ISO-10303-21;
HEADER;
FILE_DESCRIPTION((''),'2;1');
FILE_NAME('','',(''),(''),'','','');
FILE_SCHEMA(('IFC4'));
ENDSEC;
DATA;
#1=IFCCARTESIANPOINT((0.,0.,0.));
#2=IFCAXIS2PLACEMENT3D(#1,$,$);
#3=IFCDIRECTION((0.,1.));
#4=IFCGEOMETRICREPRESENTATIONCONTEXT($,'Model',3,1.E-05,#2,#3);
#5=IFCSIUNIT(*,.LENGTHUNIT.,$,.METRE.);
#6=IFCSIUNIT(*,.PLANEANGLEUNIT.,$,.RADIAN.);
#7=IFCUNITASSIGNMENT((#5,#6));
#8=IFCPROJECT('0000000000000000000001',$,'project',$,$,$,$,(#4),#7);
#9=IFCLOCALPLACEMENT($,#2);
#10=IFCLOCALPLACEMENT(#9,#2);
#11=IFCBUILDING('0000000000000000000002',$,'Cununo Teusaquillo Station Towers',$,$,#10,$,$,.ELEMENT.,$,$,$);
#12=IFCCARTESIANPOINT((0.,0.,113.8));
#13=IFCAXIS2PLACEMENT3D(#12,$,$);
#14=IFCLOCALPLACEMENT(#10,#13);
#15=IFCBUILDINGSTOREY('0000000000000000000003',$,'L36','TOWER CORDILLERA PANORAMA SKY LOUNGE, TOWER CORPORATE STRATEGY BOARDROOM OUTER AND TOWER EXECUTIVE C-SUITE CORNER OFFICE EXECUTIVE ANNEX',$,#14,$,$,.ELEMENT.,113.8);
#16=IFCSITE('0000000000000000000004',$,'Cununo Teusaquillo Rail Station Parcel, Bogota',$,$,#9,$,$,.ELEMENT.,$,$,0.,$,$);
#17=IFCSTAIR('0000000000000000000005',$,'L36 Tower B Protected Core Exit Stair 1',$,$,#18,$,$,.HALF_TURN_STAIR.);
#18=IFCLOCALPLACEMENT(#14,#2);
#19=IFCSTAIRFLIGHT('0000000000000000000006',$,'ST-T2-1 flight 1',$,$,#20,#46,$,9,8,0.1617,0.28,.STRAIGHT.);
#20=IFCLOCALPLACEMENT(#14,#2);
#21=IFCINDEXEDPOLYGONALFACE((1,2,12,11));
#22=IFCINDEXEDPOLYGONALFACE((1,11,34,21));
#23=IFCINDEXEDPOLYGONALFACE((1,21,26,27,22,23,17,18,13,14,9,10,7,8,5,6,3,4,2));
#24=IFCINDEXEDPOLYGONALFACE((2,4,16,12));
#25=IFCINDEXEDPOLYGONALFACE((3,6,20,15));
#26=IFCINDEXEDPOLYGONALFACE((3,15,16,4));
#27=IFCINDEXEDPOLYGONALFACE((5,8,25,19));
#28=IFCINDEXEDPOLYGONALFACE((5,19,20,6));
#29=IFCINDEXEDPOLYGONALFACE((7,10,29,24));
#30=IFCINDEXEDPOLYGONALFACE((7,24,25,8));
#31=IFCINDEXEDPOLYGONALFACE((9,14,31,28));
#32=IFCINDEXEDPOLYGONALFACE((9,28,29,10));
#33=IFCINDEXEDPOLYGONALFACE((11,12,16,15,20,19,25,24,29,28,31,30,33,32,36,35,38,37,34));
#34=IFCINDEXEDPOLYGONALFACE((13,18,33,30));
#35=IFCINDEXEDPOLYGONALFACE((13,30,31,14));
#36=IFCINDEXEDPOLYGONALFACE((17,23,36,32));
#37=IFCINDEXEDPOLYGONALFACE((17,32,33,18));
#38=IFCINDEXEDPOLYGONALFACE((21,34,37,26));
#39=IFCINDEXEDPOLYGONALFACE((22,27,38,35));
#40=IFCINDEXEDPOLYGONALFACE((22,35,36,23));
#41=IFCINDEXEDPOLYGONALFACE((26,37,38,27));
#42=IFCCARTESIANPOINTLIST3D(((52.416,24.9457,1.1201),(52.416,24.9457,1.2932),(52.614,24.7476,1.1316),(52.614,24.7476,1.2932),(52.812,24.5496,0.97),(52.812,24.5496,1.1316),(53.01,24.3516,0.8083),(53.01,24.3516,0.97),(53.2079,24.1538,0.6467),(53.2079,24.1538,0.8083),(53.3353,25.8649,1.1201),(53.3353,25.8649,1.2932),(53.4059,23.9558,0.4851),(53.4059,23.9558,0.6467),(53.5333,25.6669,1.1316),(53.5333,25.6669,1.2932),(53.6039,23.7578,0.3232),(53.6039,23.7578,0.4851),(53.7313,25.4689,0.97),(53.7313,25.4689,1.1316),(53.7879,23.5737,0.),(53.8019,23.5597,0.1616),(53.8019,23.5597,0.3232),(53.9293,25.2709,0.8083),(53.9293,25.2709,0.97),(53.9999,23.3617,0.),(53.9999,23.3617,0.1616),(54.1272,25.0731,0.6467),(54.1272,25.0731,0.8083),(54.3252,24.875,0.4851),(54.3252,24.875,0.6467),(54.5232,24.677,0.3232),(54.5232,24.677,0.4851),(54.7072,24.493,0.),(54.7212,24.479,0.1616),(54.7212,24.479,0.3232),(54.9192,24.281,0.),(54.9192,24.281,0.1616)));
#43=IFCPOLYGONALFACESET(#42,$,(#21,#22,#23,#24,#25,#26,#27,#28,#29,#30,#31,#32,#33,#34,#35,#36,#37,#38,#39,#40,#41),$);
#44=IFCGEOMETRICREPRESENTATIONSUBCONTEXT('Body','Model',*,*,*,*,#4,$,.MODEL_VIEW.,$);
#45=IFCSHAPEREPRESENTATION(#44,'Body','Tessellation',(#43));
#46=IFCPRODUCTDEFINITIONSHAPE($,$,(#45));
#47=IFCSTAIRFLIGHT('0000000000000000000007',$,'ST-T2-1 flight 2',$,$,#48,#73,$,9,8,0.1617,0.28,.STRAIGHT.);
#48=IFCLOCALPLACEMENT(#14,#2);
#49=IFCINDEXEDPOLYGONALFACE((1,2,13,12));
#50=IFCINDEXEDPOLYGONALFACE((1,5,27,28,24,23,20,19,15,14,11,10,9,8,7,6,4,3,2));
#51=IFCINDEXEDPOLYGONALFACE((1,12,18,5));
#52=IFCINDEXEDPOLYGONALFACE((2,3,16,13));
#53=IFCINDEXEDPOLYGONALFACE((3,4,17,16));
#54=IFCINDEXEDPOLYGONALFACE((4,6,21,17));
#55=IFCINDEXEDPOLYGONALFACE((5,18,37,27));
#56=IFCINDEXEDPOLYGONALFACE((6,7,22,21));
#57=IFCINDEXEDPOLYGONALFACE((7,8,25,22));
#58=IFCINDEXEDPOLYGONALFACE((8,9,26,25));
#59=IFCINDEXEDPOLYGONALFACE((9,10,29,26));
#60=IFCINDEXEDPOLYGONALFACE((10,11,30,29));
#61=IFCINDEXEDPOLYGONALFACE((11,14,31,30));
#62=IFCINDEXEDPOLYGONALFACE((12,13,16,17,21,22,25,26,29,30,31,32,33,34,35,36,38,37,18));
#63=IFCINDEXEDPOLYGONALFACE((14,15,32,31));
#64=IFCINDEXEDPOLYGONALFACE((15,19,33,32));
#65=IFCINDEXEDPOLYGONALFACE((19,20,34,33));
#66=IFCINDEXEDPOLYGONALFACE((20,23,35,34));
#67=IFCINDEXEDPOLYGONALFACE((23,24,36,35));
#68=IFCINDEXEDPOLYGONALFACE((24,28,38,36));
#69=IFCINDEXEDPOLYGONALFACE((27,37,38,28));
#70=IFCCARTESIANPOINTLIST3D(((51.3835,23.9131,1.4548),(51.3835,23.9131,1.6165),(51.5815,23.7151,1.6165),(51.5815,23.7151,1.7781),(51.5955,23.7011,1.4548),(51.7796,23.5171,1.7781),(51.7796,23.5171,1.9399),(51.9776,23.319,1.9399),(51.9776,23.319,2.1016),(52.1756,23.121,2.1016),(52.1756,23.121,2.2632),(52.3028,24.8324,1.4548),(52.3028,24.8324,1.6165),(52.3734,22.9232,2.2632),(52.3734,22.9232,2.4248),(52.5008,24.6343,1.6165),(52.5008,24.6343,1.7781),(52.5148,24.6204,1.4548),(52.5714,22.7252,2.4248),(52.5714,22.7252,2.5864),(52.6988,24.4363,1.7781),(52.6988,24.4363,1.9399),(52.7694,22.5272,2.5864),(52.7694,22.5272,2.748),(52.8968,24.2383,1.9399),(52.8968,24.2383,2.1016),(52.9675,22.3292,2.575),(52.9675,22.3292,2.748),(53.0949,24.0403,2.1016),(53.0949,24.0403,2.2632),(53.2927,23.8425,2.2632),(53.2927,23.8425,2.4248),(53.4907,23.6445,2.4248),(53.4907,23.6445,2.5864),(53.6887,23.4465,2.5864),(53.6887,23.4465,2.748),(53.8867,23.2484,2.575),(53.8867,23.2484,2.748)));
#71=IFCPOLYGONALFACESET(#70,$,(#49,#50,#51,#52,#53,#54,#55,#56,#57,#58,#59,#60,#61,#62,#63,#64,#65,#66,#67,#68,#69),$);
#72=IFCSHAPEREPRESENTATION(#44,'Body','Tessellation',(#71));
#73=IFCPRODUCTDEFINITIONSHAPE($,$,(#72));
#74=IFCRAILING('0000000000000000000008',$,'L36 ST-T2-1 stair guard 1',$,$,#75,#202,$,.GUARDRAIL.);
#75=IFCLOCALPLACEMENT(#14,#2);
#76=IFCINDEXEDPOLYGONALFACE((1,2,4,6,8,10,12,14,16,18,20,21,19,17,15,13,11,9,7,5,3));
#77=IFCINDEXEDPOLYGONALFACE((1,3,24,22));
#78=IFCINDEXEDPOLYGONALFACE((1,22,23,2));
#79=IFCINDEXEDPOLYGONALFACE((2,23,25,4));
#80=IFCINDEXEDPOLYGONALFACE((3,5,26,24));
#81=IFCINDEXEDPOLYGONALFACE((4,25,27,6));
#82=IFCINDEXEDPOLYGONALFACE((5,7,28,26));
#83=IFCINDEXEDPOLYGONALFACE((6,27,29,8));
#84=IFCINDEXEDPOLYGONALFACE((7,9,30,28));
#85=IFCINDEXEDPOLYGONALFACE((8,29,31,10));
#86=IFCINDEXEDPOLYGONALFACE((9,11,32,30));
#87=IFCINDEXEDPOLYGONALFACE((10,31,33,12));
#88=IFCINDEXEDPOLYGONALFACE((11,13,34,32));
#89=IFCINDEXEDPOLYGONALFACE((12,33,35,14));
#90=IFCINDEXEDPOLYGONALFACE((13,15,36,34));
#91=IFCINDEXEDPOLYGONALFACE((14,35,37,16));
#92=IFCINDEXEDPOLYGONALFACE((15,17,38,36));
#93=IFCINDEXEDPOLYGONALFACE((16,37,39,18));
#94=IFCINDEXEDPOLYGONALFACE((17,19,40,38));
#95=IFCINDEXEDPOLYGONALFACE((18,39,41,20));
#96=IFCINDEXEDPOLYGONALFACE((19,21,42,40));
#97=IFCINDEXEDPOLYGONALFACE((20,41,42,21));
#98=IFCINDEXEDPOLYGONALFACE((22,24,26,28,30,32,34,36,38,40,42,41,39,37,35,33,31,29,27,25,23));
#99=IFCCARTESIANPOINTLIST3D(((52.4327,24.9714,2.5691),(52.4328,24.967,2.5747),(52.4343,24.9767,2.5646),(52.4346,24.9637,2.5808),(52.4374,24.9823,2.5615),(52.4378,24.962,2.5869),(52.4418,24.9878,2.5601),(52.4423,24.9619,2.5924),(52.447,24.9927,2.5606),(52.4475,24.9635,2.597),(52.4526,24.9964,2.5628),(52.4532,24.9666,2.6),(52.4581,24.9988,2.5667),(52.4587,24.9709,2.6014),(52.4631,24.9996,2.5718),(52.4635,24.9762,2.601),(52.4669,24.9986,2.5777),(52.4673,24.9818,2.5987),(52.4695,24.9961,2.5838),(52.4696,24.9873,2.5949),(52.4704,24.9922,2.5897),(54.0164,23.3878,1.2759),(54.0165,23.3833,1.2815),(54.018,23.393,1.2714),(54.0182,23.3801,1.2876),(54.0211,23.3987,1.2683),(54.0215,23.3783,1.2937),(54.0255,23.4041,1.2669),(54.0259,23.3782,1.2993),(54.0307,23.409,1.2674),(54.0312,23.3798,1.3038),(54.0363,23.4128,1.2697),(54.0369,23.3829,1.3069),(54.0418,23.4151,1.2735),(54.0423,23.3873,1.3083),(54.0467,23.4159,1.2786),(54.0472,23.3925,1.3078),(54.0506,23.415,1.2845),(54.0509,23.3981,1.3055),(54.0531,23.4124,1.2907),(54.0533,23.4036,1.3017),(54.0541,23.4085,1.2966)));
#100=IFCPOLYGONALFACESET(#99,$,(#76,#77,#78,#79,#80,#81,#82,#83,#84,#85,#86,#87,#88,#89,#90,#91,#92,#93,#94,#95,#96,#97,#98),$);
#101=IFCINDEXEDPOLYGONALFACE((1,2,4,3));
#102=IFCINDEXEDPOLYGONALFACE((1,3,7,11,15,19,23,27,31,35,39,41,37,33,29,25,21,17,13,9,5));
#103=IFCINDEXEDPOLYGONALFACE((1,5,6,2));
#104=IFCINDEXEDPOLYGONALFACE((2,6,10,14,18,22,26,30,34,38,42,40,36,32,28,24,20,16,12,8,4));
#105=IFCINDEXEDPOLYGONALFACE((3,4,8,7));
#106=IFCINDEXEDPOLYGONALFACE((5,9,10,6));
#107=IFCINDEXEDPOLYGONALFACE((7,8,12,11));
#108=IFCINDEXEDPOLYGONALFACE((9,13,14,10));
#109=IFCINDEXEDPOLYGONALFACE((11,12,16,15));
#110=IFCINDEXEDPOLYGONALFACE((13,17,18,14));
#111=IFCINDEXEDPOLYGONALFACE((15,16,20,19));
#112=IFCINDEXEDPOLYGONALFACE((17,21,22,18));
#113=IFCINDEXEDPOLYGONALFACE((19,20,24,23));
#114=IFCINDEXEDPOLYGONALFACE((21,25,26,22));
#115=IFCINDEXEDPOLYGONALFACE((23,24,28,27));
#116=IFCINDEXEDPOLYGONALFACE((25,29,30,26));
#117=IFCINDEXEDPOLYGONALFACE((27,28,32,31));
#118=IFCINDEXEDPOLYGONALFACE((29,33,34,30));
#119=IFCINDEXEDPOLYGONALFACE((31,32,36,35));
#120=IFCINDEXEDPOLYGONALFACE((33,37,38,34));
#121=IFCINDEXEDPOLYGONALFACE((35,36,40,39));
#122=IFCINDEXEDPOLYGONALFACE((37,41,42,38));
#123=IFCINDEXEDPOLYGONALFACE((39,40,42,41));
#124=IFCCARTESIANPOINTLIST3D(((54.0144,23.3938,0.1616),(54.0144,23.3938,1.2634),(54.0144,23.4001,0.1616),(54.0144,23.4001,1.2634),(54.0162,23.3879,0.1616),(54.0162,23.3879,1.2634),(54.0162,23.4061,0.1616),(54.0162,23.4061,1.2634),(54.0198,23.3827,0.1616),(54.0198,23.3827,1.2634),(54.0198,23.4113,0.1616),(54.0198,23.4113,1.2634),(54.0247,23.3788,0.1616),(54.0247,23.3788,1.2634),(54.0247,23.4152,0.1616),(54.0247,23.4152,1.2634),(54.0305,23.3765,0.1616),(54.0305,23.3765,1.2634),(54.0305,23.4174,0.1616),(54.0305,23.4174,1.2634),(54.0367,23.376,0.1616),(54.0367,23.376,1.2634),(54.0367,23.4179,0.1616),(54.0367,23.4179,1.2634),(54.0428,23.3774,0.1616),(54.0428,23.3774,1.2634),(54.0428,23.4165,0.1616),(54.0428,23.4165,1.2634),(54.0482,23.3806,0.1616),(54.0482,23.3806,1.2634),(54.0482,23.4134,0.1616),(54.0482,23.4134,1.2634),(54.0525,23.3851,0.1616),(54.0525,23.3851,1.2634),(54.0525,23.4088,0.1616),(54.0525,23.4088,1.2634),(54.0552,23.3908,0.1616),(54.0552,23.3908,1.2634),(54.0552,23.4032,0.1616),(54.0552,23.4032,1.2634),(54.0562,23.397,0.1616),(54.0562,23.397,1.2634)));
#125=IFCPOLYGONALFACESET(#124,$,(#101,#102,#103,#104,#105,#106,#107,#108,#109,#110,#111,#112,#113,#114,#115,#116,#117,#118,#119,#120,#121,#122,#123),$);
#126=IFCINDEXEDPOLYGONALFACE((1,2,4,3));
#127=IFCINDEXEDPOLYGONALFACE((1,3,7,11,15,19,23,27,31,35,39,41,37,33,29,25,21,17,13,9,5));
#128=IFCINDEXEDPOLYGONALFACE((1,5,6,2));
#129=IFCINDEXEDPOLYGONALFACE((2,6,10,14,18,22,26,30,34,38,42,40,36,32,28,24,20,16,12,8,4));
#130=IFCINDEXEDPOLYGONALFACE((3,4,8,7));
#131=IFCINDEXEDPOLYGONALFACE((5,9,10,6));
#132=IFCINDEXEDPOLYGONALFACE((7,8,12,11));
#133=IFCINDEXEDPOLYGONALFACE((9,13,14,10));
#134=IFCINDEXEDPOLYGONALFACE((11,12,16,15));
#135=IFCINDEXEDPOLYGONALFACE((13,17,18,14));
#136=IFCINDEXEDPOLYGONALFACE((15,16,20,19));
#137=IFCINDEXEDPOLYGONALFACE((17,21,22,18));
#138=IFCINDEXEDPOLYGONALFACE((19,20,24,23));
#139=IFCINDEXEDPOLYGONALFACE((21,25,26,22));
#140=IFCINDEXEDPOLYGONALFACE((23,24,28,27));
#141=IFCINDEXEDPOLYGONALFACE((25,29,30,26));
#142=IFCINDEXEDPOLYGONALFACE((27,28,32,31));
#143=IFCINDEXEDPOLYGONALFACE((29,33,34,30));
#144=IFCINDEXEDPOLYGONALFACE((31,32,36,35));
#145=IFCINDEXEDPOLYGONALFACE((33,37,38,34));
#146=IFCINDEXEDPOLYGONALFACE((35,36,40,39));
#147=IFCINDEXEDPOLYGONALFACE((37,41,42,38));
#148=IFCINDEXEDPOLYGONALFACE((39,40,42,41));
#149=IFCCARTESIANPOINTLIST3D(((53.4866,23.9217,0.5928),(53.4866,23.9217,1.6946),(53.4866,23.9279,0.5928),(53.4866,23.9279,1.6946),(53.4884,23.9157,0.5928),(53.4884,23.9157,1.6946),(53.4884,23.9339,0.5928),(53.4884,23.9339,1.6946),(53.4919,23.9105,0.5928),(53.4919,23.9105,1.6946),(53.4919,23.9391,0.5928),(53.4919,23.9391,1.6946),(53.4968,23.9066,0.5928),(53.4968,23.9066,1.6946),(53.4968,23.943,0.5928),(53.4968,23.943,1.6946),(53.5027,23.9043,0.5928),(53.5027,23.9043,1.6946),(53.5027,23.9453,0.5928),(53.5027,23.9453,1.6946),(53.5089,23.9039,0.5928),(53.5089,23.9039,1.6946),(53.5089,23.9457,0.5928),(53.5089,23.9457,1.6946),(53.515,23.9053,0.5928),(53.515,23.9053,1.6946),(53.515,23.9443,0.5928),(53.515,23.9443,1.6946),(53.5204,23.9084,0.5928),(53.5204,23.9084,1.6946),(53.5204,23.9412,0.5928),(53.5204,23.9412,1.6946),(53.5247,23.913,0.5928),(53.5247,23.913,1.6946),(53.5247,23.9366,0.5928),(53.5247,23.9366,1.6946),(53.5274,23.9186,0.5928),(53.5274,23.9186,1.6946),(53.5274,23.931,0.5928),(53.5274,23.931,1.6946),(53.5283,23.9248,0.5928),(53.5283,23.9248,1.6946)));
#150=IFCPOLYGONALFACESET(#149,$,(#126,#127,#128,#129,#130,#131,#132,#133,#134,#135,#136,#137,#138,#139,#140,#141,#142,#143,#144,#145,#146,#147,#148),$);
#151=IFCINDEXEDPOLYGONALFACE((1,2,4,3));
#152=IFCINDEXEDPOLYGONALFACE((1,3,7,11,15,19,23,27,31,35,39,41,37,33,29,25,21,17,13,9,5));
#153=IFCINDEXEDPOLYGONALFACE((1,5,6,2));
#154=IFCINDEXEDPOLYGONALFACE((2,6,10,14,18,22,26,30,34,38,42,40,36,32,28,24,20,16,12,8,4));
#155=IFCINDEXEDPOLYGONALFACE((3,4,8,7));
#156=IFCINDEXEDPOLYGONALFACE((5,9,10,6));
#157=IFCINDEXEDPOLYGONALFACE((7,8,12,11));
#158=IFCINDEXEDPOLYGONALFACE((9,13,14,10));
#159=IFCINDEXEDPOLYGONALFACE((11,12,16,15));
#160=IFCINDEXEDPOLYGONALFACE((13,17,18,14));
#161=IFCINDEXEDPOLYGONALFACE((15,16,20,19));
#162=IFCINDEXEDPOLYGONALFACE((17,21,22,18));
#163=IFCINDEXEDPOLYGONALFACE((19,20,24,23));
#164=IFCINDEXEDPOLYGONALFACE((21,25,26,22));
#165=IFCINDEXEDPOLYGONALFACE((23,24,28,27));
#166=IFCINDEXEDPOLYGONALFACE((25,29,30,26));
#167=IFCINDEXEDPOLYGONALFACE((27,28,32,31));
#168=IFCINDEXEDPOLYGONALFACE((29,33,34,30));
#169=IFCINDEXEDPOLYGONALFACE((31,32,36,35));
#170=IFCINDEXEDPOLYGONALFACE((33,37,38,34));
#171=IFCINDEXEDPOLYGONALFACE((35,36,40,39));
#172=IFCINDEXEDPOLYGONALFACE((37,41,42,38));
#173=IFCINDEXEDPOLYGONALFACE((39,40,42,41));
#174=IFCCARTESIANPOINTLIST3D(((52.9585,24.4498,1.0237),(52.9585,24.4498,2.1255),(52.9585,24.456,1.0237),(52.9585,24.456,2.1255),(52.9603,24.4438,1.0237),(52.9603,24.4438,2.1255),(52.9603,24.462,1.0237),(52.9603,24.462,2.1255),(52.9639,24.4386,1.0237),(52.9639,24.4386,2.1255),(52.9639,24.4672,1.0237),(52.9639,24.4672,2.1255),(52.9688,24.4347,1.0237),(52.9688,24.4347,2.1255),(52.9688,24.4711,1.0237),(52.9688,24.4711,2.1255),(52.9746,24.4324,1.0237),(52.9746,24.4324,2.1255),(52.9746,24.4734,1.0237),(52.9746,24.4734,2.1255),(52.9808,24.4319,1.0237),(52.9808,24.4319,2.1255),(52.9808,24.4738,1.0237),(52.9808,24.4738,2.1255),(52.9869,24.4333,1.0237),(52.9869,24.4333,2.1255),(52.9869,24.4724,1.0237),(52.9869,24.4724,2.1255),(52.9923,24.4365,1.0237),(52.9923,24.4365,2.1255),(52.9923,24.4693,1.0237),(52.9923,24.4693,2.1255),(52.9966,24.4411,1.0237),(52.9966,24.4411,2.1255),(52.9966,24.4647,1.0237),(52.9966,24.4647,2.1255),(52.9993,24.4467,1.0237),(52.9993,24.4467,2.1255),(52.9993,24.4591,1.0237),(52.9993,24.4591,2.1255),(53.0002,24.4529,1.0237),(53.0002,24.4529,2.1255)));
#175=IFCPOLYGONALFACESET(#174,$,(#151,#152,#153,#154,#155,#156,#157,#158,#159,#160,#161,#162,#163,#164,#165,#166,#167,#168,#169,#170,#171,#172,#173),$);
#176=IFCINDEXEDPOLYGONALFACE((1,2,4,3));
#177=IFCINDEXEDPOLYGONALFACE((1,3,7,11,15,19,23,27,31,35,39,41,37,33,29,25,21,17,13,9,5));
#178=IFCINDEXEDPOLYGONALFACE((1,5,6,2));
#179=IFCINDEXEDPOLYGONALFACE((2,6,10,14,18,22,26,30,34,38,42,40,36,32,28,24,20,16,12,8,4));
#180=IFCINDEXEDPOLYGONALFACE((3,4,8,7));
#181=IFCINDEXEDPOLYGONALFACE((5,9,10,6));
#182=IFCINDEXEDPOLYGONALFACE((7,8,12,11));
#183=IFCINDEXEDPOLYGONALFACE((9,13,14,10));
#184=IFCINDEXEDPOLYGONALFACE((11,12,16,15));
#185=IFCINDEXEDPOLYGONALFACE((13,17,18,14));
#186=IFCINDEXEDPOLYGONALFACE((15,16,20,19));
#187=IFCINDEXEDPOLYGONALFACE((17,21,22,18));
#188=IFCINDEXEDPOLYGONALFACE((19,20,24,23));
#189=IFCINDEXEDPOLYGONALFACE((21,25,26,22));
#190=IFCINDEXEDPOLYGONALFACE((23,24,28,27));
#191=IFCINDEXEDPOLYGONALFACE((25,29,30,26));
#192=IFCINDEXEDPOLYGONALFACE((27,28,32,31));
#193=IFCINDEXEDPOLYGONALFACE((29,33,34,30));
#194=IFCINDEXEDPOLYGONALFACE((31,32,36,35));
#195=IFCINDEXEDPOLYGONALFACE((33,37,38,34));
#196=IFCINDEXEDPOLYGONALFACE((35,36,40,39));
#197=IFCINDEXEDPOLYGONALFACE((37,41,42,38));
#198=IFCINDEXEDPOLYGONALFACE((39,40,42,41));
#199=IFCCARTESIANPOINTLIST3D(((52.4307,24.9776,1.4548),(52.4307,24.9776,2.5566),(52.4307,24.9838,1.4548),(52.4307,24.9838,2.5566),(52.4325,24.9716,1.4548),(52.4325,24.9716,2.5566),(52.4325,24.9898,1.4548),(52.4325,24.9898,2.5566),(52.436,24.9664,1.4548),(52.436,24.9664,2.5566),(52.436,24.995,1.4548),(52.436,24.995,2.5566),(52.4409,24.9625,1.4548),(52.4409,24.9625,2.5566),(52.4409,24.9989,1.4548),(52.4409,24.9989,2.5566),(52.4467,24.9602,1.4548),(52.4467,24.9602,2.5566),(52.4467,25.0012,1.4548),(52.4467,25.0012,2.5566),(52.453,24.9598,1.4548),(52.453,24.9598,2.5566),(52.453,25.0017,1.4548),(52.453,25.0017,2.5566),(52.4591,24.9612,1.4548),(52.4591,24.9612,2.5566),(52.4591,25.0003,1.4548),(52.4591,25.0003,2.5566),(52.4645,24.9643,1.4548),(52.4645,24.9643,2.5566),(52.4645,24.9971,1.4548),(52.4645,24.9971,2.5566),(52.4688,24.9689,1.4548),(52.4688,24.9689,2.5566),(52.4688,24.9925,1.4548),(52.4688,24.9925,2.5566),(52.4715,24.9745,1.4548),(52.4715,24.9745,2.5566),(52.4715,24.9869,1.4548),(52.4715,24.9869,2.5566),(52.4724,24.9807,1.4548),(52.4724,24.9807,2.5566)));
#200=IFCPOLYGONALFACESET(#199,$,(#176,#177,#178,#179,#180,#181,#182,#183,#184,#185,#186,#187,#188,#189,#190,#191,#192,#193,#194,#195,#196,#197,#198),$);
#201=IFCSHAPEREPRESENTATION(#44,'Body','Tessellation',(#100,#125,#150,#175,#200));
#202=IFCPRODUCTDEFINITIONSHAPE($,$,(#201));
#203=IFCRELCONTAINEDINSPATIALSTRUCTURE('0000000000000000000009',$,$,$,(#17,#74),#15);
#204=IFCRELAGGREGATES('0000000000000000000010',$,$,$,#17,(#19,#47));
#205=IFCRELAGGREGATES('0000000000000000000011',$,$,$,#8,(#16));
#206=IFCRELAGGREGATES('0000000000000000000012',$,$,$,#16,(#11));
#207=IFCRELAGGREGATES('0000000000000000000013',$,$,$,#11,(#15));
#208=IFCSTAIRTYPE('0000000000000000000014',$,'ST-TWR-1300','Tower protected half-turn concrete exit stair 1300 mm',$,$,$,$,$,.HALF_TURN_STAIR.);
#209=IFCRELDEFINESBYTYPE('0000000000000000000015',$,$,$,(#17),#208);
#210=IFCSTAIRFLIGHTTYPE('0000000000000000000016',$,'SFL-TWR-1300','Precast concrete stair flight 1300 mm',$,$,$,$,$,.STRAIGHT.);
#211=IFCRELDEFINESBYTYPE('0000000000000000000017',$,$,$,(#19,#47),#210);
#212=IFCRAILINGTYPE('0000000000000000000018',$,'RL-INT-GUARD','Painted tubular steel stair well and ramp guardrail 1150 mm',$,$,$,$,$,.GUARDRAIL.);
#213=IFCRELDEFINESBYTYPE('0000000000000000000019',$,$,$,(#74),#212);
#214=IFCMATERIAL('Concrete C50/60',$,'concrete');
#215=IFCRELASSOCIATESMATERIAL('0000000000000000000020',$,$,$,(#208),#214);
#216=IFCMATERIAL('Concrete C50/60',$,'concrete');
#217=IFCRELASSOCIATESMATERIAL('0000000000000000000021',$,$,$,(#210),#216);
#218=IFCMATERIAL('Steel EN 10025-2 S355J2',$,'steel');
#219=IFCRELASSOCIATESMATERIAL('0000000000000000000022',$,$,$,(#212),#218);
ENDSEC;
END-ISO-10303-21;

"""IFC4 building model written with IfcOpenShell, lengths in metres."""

from ifc_helpers import new_model, si_unit, direction, frame, origin, origin_2d, place, context, subcontext, project, spatial, polyline, circle, outline, extrude, material, type_object, element, aggregate, save


model = new_model("IFC4")

# Units and contexts
model_context = context("Model", 3, precision=1e-05, world=origin(), true_north=direction((0.0, 1.0)))
body_context = subcontext(model_context, "Body", "Model", "MODEL_VIEW")
ifc_project = project(units=[si_unit("LENGTHUNIT", "METRE"), si_unit("PLANEANGLEUNIT", "RADIAN")], contexts=[model_context])

# Site, building, storey
site_placement = place(None, origin())
site = spatial("IfcSite", under=ifc_project, at=site_placement, Name="Cununo Teusaquillo Rail Station Parcel, Bogota", CompositionType="ELEMENT", RefElevation=0.0)
building_placement = place(site_placement, origin())
building = spatial("IfcBuilding", under=site, at=building_placement, Name="Cununo Teusaquillo Station Towers", CompositionType="ELEMENT")
storey_placement = place(building_placement, frame((0.0, 0.0, 113.8)))
storey = spatial("IfcBuildingStorey", under=building, at=storey_placement, Name="L36", Description="TOWER CORDILLERA PANORAMA SKY LOUNGE, TOWER CORPORATE STRATEGY BOARDROOM OUTER AND TOWER EXECUTIVE C-SUITE CORNER OFFICE EXECUTIVE ANNEX", CompositionType="ELEMENT", Elevation=113.8)

# Stair, stair flights
ifc_material_1 = material(Name="Concrete C50/60", Category="concrete")
stair_type = type_object("IfcStairType", Name="ST-TWR-1300", Description="Tower protected half-turn concrete exit stair 1300 mm", PredefinedType="HALF_TURN_STAIR", material=ifc_material_1)
stair_placement = place(storey_placement, origin())
stair = element("IfcStair", 1, at=stair_placement, inside=storey, type_object=stair_type, Name="L36 Tower B Protected Core Exit Stair 1", PredefinedType="HALF_TURN_STAIR")
ifc_material_2 = material(Name="Concrete C50/60", Category="concrete")
stair_flight_type = type_object("IfcStairFlightType", Name="SFL-TWR-1300", Description="Precast concrete stair flight 1300 mm", PredefinedType="STRAIGHT", material=ifc_material_2)
stair_flight_1_placement = place(storey_placement, frame((54.4595, 23.8213, 0.0), z_axis=(0.0, 0.0, 1.0), x_axis=(-0.707107, 0.707107, 0.0)))
stair_flight_1 = element("IfcStairFlight", 2, at=stair_flight_1_placement, type_object=stair_flight_type, Name="ST-T2-1 flight 1", NumberOfRisers=9, NumberOfTreads=8, PredefinedType="STRAIGHT", RiserHeight=0.1617, TreadLength=0.28, context=body_context, shape_type="SweptSolid", body=[
    extrude(outline(polyline([(0.0, 0.0), (0.0, 0.1616), (0.28, 0.1616), (0.28, 0.3232), (0.5601, 0.3232), (0.5601, 0.4851), (0.8401, 0.4851), (0.8401, 0.6467), (1.1201, 0.6467), (1.1201, 0.8083), (1.3999, 0.8083), (1.3999, 0.97), (1.6799, 0.97), (1.6799, 1.1316), (1.96, 1.1316), (1.96, 1.2932), (2.24, 1.2932), (2.24, 1.4551), (2.24, 1.1201), (0.2998, 0.0), (0.0, 0.0)])), frame((0.0, 0.6499, 0.0), z_axis=(0.0, -1.0, 0.0), x_axis=(1.0, 0.0, 0.0)), (0.0, 0.0, 1.0), 1.3),
])
stair_flight_2_placement = place(storey_placement, frame((51.8433, 24.3728, 1.4548), z_axis=(0.0, 0.0, 1.0), x_axis=(0.707107, -0.707107, 0.0)))
stair_flight_2 = element("IfcStairFlight", 3, at=stair_flight_2_placement, type_object=stair_flight_type, Name="ST-T2-1 flight 2", NumberOfRisers=9, NumberOfTreads=8, PredefinedType="STRAIGHT", RiserHeight=0.1617, TreadLength=0.28, context=body_context, shape_type="SweptSolid", body=[
    extrude(outline(polyline([(0.0, 0.0), (0.0, 0.1616), (0.28, 0.1616), (0.28, 0.3232), (0.5601, 0.3232), (0.5601, 0.4851), (0.8401, 0.4851), (0.8401, 0.6467), (1.1201, 0.6467), (1.1201, 0.8083), (1.3999, 0.8083), (1.3999, 0.97), (1.6799, 0.97), (1.6799, 1.1316), (1.96, 1.1316), (1.96, 1.2932), (2.24, 1.2932), (2.24, 1.4551), (2.24, 1.1201), (0.2998, 0.0), (0.0, 0.0)])), frame((0.0, 0.6499, 0.0), z_axis=(0.0, -1.0, 0.0), x_axis=(1.0, 0.0, 0.0)), (0.0, 0.0, 1.0), 1.3),
])
aggregate(stair, [stair_flight_1, stair_flight_2])

# Railing
ifc_material_3 = material(Name="Steel EN 10025-2 S355J2", Category="steel")
railing_type_1 = type_object("IfcRailingType", Name="RL-INT-GUARD", Description="Painted tubular steel stair well and ramp guardrail 1150 mm", PredefinedType="GUARDRAIL", material=ifc_material_3)
railing_1_placement = place(storey_placement, frame((54.0352, 23.397, 0.1616)))
element("IfcRailing", 4, at=railing_1_placement, inside=storey, type_object=railing_type_1, Name="L36 ST-T2-1 stair guard 1", PredefinedType="GUARDRAIL", context=body_context, shape_type="SweptSolid", body=[
    extrude(circle(Radius=0.0239, at=origin_2d()), frame((0.0, 0.0, 1.126), z_axis=(-0.612361, 0.612361, 0.500027), x_axis=(-0.707107, -0.707107, 0.0)), (0.0, 0.0, 1.0), 2.5862),
    extrude(circle(Radius=0.021, at=origin_2d()), origin(), (0.0, 0.0, 1.0), 1.1018),
    extrude(circle(Radius=0.021, at=origin_2d()), frame((-0.5278, 0.5278, 0.4312)), (0.0, 0.0, 1.0), 1.1018),
    extrude(circle(Radius=0.021, at=origin_2d()), frame((-1.0559, 1.0559, 0.8621)), (0.0, 0.0, 1.0), 1.1018),
    extrude(circle(Radius=0.021, at=origin_2d()), frame((-1.5837, 1.5837, 1.2932)), (0.0, 0.0, 1.0), 1.1018),
])

save(model, "model.ifc")
